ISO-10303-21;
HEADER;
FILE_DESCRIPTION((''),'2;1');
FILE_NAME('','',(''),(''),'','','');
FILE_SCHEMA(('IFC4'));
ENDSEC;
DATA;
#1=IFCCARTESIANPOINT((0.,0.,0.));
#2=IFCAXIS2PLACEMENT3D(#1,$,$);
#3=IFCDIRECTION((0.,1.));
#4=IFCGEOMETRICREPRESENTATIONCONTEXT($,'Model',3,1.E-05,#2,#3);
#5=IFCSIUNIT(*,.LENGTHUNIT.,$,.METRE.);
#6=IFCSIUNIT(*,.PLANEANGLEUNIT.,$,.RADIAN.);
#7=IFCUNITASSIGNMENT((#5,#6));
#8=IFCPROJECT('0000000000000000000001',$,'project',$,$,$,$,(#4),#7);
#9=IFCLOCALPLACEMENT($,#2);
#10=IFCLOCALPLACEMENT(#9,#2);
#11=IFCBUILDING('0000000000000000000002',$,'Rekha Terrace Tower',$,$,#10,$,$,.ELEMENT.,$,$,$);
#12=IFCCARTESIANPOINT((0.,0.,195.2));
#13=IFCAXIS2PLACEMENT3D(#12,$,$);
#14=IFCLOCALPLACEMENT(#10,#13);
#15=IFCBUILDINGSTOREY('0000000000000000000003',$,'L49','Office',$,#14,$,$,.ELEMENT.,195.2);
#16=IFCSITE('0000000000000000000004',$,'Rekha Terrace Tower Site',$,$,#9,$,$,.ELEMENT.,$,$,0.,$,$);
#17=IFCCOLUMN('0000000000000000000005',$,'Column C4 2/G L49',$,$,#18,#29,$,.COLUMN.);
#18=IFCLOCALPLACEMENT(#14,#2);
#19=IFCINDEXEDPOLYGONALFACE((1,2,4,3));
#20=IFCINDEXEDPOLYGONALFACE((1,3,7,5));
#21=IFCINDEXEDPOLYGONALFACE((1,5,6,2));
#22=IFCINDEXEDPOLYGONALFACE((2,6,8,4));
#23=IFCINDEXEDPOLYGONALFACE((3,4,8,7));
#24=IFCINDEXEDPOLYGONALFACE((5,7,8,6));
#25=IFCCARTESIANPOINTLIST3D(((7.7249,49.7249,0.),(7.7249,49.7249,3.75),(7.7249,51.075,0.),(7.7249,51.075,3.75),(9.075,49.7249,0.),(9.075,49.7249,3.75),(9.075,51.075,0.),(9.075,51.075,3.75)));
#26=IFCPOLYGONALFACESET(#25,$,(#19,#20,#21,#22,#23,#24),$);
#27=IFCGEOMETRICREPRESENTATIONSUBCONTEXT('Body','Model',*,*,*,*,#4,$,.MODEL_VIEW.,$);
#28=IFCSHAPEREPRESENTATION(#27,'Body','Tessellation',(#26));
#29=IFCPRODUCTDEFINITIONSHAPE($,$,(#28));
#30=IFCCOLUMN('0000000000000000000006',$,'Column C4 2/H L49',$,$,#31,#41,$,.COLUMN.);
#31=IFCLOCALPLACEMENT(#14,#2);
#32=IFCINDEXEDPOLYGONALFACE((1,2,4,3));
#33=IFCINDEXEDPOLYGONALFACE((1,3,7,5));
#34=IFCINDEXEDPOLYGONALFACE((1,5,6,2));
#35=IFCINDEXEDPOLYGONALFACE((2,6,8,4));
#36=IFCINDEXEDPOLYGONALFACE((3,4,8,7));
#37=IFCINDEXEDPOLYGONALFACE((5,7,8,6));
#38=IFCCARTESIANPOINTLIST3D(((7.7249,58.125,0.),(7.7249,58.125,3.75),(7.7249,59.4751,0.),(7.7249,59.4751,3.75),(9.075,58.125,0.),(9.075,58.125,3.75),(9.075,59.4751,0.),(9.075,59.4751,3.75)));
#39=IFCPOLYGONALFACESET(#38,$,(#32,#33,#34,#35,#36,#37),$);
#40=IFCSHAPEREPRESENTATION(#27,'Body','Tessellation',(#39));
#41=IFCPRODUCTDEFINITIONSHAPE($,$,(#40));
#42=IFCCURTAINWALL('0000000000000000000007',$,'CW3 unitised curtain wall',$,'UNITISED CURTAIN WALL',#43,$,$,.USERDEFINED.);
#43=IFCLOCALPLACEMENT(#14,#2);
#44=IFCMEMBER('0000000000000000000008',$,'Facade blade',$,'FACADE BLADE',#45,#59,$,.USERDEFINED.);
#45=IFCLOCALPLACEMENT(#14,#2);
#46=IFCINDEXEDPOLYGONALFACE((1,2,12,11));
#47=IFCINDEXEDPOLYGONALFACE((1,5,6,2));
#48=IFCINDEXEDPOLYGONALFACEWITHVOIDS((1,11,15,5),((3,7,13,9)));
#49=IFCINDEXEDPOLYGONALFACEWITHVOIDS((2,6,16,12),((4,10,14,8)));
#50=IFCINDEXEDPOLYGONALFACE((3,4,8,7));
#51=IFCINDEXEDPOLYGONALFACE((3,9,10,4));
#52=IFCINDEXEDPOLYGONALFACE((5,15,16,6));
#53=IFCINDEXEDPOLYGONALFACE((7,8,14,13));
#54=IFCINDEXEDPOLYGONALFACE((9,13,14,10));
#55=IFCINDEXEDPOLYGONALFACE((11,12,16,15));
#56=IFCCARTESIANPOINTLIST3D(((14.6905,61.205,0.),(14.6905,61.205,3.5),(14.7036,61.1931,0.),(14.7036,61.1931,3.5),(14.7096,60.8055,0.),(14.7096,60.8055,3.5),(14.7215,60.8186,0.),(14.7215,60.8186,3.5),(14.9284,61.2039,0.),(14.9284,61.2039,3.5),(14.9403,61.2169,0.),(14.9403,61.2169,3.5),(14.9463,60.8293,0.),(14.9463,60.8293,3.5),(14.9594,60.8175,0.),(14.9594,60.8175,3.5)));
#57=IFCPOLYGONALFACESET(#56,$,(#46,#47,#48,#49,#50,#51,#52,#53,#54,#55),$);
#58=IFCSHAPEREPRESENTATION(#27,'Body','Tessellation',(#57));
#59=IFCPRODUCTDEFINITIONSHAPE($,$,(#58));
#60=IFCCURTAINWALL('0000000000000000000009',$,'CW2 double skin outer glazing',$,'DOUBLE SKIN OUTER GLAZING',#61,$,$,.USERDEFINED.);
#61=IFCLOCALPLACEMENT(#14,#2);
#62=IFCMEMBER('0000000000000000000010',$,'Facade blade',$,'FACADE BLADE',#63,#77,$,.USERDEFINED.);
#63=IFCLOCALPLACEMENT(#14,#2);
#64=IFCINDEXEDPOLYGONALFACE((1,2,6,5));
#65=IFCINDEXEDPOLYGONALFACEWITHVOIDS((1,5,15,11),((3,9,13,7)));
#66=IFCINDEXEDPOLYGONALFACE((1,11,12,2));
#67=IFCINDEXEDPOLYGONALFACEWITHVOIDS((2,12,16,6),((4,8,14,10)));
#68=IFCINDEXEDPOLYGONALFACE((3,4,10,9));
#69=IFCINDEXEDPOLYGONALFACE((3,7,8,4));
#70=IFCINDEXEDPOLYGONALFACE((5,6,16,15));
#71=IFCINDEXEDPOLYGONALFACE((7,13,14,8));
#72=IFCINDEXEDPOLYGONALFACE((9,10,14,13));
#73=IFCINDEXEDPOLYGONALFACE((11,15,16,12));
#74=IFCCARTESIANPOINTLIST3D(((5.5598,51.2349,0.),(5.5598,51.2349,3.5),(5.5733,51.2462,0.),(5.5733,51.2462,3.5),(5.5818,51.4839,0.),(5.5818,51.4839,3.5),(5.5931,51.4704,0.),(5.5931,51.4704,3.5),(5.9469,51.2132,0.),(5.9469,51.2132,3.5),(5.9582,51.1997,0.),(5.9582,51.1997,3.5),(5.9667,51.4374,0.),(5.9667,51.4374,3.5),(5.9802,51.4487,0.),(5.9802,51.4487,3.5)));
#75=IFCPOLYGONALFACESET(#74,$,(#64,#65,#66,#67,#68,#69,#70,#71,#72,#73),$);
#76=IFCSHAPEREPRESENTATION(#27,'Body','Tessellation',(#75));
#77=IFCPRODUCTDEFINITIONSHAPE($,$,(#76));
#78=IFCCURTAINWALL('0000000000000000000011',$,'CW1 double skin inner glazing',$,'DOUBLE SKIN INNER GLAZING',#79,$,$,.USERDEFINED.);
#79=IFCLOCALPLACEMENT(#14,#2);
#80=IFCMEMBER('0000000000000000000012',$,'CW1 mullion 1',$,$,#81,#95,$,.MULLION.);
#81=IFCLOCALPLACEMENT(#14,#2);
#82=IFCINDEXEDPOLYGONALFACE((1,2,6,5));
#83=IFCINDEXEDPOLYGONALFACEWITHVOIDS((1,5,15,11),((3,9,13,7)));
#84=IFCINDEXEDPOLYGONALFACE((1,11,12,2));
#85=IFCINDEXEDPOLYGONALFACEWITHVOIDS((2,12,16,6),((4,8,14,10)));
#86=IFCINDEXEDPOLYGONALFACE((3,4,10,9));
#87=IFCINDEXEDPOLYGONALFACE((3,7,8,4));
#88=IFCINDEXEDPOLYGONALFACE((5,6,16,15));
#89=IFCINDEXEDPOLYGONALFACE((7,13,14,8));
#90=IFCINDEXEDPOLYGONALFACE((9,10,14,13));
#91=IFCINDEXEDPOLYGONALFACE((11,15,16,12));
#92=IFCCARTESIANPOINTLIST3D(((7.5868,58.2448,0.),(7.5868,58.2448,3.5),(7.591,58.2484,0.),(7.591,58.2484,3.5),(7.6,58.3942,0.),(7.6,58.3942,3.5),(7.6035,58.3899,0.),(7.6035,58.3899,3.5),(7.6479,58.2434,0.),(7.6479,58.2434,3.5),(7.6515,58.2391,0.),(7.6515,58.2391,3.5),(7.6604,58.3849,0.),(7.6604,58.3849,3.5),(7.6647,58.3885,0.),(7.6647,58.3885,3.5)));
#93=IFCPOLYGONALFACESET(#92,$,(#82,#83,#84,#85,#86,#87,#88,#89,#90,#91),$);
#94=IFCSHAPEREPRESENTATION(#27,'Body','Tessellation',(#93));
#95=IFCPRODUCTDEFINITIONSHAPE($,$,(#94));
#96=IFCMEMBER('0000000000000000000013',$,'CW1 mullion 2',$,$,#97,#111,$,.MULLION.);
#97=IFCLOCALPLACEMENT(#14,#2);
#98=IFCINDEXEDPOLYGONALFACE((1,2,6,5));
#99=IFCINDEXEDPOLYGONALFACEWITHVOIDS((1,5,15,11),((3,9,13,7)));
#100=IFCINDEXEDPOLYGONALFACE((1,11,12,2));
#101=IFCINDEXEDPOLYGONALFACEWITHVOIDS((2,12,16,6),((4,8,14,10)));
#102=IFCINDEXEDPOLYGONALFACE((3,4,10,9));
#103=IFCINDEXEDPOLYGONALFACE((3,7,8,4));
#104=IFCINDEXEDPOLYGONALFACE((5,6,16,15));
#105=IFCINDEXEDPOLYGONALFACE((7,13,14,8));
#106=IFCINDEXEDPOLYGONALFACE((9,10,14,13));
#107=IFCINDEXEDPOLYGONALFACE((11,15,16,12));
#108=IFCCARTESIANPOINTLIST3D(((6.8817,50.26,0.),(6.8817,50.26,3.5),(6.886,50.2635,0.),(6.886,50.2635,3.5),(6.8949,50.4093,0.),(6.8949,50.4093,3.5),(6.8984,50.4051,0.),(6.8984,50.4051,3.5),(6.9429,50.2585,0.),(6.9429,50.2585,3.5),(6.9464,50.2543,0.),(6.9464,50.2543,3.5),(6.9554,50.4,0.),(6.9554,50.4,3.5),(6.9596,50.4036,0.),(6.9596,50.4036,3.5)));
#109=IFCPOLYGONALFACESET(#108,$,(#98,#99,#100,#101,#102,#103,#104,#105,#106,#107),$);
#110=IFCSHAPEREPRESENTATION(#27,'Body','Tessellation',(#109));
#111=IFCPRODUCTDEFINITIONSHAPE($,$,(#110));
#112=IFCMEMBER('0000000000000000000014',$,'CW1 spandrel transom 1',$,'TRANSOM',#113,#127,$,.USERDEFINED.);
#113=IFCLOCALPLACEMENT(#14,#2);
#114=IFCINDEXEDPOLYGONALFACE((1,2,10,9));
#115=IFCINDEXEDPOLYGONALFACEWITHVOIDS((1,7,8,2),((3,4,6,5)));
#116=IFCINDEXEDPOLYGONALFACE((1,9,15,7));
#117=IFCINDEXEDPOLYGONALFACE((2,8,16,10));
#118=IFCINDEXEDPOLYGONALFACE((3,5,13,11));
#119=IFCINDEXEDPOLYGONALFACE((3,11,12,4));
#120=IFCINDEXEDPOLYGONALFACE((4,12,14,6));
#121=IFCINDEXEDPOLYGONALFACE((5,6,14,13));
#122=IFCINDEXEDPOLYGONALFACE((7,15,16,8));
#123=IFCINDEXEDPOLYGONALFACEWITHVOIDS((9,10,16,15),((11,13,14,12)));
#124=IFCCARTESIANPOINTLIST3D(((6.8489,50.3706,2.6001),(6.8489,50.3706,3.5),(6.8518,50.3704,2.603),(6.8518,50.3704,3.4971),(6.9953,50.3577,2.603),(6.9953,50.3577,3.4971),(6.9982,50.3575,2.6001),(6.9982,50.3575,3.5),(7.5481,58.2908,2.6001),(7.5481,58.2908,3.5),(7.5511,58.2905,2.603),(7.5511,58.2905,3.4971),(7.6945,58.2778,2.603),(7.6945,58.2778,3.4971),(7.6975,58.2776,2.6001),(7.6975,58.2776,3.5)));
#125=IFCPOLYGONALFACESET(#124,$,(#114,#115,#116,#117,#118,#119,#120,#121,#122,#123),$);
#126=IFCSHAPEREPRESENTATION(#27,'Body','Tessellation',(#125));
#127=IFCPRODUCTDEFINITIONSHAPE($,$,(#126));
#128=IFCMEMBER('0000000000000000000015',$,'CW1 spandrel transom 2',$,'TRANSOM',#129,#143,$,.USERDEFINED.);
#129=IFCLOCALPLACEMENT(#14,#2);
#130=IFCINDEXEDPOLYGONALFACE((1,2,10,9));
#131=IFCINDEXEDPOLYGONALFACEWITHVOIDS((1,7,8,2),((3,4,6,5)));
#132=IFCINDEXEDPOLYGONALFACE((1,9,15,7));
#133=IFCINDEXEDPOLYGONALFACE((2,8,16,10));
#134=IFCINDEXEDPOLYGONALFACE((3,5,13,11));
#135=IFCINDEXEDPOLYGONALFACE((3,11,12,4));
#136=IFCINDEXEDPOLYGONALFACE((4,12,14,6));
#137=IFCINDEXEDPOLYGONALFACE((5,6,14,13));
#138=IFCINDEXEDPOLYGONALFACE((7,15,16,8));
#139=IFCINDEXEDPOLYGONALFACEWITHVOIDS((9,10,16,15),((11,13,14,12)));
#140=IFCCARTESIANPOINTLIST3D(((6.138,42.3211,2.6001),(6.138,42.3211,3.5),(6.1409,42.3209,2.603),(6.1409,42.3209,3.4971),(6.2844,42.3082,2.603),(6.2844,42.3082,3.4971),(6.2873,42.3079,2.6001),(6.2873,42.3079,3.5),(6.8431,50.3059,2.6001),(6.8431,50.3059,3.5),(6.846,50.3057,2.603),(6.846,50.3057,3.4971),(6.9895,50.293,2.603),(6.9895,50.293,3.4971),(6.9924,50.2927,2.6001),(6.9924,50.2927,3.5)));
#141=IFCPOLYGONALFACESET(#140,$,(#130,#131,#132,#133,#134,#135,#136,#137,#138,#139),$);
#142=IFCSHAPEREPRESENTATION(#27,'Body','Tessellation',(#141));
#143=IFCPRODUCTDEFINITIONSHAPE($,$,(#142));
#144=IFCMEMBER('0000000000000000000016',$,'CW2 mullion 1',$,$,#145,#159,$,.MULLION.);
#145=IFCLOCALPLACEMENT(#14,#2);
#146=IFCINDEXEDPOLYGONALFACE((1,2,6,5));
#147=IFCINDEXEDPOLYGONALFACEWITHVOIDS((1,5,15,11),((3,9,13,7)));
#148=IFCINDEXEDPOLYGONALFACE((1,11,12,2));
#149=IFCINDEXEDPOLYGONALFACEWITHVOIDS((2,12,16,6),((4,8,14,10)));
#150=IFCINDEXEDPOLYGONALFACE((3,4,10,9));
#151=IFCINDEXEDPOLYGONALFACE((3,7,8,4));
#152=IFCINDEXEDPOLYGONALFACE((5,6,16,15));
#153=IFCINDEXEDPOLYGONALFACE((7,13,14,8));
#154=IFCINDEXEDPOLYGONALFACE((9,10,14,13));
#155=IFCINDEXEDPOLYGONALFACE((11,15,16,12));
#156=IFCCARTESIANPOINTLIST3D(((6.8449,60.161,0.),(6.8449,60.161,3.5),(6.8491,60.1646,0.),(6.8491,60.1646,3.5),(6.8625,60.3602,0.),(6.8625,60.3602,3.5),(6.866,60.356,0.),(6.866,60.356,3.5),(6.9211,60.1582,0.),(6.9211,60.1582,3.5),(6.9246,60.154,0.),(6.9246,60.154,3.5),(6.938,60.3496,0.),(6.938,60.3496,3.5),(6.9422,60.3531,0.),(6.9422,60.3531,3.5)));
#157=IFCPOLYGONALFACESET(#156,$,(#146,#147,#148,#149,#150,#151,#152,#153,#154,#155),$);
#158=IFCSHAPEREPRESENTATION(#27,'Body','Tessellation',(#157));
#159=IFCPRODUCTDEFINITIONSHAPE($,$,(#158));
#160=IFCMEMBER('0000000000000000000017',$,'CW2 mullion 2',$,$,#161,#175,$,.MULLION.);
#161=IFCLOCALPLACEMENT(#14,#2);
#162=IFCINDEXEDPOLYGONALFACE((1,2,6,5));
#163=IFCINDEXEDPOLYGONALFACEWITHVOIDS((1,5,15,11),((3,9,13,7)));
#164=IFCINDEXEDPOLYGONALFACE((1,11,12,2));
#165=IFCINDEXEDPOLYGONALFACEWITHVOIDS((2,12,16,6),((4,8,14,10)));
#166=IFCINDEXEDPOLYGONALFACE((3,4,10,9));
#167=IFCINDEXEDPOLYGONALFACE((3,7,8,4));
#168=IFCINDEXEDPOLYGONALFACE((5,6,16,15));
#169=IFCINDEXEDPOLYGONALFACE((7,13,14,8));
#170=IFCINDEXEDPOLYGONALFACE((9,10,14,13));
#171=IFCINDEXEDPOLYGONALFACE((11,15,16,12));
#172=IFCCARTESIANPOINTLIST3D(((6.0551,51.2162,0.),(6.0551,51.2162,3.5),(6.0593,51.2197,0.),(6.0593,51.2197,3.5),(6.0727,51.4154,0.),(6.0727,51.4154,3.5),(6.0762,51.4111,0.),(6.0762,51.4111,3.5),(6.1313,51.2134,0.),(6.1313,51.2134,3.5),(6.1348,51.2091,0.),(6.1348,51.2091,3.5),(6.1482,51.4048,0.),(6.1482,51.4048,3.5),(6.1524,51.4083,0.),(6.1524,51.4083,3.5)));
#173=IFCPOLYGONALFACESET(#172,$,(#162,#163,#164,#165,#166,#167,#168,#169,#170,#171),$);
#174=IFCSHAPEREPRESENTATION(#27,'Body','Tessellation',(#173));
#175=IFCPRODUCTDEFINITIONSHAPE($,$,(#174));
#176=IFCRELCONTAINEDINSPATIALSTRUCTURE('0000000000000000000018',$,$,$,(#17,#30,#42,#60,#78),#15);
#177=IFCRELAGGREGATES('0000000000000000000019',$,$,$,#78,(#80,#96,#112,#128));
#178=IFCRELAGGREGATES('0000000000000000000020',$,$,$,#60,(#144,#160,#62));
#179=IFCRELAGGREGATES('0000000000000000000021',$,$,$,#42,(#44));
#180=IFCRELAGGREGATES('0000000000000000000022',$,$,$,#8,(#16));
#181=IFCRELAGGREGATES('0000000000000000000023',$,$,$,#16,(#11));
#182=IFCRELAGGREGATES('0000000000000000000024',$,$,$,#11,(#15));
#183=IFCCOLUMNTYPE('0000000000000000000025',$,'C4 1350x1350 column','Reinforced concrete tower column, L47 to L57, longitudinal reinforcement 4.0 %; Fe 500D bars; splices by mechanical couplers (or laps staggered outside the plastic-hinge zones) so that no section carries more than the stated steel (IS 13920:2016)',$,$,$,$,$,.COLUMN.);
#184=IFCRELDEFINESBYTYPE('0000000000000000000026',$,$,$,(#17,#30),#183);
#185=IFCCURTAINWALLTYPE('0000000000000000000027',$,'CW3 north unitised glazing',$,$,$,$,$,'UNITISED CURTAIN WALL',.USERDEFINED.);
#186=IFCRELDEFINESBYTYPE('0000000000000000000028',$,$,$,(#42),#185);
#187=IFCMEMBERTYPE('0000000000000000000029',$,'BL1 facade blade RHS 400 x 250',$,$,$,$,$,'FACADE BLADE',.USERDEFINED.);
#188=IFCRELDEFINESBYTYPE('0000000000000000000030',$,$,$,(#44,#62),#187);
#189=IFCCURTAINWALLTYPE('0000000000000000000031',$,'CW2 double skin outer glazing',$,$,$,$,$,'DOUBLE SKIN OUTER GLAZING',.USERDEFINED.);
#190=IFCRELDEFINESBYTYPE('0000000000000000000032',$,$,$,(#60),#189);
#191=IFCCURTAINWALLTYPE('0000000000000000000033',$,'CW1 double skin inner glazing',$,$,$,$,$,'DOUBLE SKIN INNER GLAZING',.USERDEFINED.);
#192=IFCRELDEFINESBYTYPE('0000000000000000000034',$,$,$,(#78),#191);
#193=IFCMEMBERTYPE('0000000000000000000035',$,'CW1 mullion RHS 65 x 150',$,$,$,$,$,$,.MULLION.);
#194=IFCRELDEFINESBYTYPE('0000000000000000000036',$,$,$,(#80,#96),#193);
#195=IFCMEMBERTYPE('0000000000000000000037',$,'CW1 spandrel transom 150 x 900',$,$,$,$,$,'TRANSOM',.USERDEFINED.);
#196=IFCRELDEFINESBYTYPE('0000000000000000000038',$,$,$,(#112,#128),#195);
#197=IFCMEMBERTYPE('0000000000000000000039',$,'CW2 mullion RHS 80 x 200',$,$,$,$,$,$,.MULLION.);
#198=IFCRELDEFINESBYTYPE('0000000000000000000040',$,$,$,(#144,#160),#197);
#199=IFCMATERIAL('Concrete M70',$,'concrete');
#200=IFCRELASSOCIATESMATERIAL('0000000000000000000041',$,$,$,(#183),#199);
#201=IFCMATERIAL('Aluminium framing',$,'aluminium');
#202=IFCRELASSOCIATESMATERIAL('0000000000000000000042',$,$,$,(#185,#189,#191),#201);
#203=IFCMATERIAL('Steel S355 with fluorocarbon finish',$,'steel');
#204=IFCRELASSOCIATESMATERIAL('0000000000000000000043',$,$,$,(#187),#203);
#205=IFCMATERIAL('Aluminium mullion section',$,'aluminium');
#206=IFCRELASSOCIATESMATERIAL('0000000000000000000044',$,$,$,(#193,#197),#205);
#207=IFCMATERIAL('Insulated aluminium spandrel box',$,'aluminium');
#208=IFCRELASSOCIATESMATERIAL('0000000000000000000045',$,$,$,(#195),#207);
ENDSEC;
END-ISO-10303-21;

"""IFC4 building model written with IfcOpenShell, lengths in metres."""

from ifc_helpers import new_model, si_unit, direction, frame, origin, origin_2d, place, context, subcontext, project, spatial, rectangle, hollow_rectangle, extrude, material, material_profile, profile_set, type_object, element, aggregate, save


model = new_model("IFC4")

# Units and contexts
model_context = context("Model", 3, precision=1e-05, world=origin(), true_north=direction((0.0, 1.0)))
body_context = subcontext(model_context, "Body", "Model", "MODEL_VIEW")
ifc_project = project(units=[si_unit("LENGTHUNIT", "METRE"), si_unit("PLANEANGLEUNIT", "RADIAN")], contexts=[model_context])

# Site, building, storey
site_placement = place(None, origin())
site = spatial("IfcSite", under=ifc_project, at=site_placement, Name="Rekha Terrace Tower Site", CompositionType="ELEMENT", RefElevation=0.0)
building_placement = place(site_placement, origin())
building = spatial("IfcBuilding", under=site, at=building_placement, Name="Rekha Terrace Tower", CompositionType="ELEMENT")
storey_placement = place(building_placement, frame((0.0, 0.0, 195.2)))
storey = spatial("IfcBuildingStorey", under=building, at=storey_placement, Name="L49", Description="Office", CompositionType="ELEMENT", Elevation=195.2)

# Columns
ifc_material_1 = material(Name="Concrete M70", Category="concrete")
ifc_material_profile_1 = material_profile(ifc_material_1, rectangle(XDim=1.3501, YDim=1.3501, at=origin_2d()), Name="RC 1350x1350")
ifc_profile_set_1 = profile_set([ifc_material_profile_1], Name="Concrete M70")
column_type = type_object("IfcColumnType", Name="C4 1350x1350 column", Description="Reinforced concrete tower column, L47 to L57, longitudinal reinforcement 4.0 %; Fe 500D bars; splices by mechanical couplers (or laps staggered outside the plastic-hinge zones) so that no section carries more than the stated steel (IS 13920:2016)", PredefinedType="COLUMN", material=ifc_profile_set_1)
for number, where, z_axis, x_axis, name in (
    (1, (8.3999, 50.3999, 0.0), (0.0, 0.0, 1.0), (1.0, 0.0, 0.0), "Column C4 2/G L49"),
    (2, (8.3999, 58.8, 0.0), (0.0, 0.0, 1.0), (1.0, 0.0, 0.0), "Column C4 2/H L49"),
):
    element("IfcColumn", number, at=place(storey_placement, frame(where, z_axis=z_axis, x_axis=x_axis)), inside=storey, type_object=column_type, Name=name, PredefinedType="COLUMN", context=body_context, shape_type="SweptSolid", body=[
        extrude(rectangle(XDim=1.3501, YDim=1.3501, at=origin_2d()), origin(), (0.0, 0.0, 1.0), 3.75),
    ])

# Curtain walls, members
ifc_material_2 = material(Name="Aluminium framing", Category="aluminium")
curtain_wall_type_1 = type_object("IfcCurtainWallType", Name="CW3 north unitised glazing", ElementType="UNITISED CURTAIN WALL", PredefinedType="USERDEFINED", material=ifc_material_2)
curtain_wall_1_placement = place(storey_placement, origin())
curtain_wall_1 = element("IfcCurtainWall", 3, at=curtain_wall_1_placement, inside=storey, type_object=curtain_wall_type_1, Name="CW3 unitised curtain wall", ObjectType="UNITISED CURTAIN WALL", PredefinedType="USERDEFINED")
ifc_material_3 = material(Name="Steel S355 with fluorocarbon finish", Category="steel")
ifc_material_profile_2 = material_profile(ifc_material_3, hollow_rectangle(XDim=0.25, YDim=0.3999, WallThickness=0.0125, at=origin_2d()), Name="RHS400x250x12.5")
ifc_profile_set_2 = profile_set([ifc_material_profile_2], Name="Steel S355 with fluorocarbon finish")
member_type_1 = type_object("IfcMemberType", Name="BL1 facade blade RHS 400 x 250", ElementType="FACADE BLADE", PredefinedType="USERDEFINED", material=ifc_profile_set_2)
member_1_placement = place(storey_placement, frame((14.825, 61.0112, 0.0), z_axis=(0.0, 0.0, 1.0), x_axis=(-0.998859, -0.047758, 0.0)))
member_1 = element("IfcMember", 4, at=member_1_placement, type_object=member_type_1, Name="Facade blade", ObjectType="FACADE BLADE", PredefinedType="USERDEFINED", context=body_context, shape_type="SweptSolid", body=[
    extrude(hollow_rectangle(XDim=0.25, YDim=0.3999, WallThickness=0.0125, at=origin_2d()), origin(), (0.0, 0.0, 1.0), 3.5),
])
curtain_wall_type_2 = type_object("IfcCurtainWallType", Name="CW2 double skin outer glazing", ElementType="DOUBLE SKIN OUTER GLAZING", PredefinedType="USERDEFINED", material=ifc_material_2)
curtain_wall_2_placement = place(storey_placement, origin())
curtain_wall_2 = element("IfcCurtainWall", 5, at=curtain_wall_2_placement, inside=storey, type_object=curtain_wall_type_2, Name="CW2 double skin outer glazing", ObjectType="DOUBLE SKIN OUTER GLAZING", PredefinedType="USERDEFINED")
member_2_placement = place(storey_placement, frame((5.77, 51.3418, 0.0), z_axis=(0.0, 0.0, 1.0), x_axis=(-0.087957, -0.996124, 0.0)))
member_2 = element("IfcMember", 6, at=member_2_placement, type_object=member_type_1, Name="Facade blade", ObjectType="FACADE BLADE", PredefinedType="USERDEFINED", context=body_context, shape_type="SweptSolid", body=[
    extrude(hollow_rectangle(XDim=0.25, YDim=0.3999, WallThickness=0.0125, at=origin_2d()), origin(), (0.0, 0.0, 1.0), 3.5),
])

# Curtain wall, members
curtain_wall_type_3 = type_object("IfcCurtainWallType", Name="CW1 double skin inner glazing", ElementType="DOUBLE SKIN INNER GLAZING", PredefinedType="USERDEFINED", material=ifc_material_2)
curtain_wall_3_placement = place(storey_placement, origin())
curtain_wall_3 = element("IfcCurtainWall", 7, at=curtain_wall_3_placement, inside=storey, type_object=curtain_wall_type_3, Name="CW1 double skin inner glazing", ObjectType="DOUBLE SKIN INNER GLAZING", PredefinedType="USERDEFINED")
ifc_material_4 = material(Name="Aluminium mullion section", Category="aluminium")
ifc_material_profile_3 = material_profile(ifc_material_4, hollow_rectangle(XDim=0.0649, YDim=0.1499, WallThickness=0.0039, at=origin_2d()), Name="AL RHS 65x150")
ifc_profile_set_3 = profile_set([ifc_material_profile_3], Name="Aluminium mullion section")
member_type_2 = type_object("IfcMemberType", Name="CW1 mullion RHS 65 x 150", PredefinedType="MULLION", material=ifc_profile_set_3)
member_3_placement = place(storey_placement, frame((7.6257, 58.3167, 0.0), z_axis=(0.0, 0.0, 1.0), x_axis=(0.996124, -0.087958, 0.0)))
member_3 = element("IfcMember", 8, at=member_3_placement, type_object=member_type_2, Name="CW1 mullion 1", PredefinedType="MULLION", context=body_context, shape_type="SweptSolid", body=[
    extrude(hollow_rectangle(XDim=0.0649, YDim=0.1499, WallThickness=0.0039, at=origin_2d()), origin(), (0.0, 0.0, 1.0), 3.5),
])
member_4_placement = place(storey_placement, frame((6.9207, 50.3318, 0.0), z_axis=(0.0, 0.0, 1.0), x_axis=(0.996124, -0.087958, 0.0)))
member_4 = element("IfcMember", 9, at=member_4_placement, type_object=member_type_2, Name="CW1 mullion 2", PredefinedType="MULLION", context=body_context, shape_type="SweptSolid", body=[
    extrude(hollow_rectangle(XDim=0.0649, YDim=0.1499, WallThickness=0.0039, at=origin_2d()), origin(), (0.0, 0.0, 1.0), 3.5),
])
ifc_material_5 = material(Name="Insulated aluminium spandrel box", Category="aluminium")
ifc_material_profile_4 = material_profile(ifc_material_5, hollow_rectangle(XDim=0.1499, YDim=0.8999, WallThickness=0.0029, at=origin_2d()), Name="AL SPANDREL BOX 150x900")
ifc_profile_set_4 = profile_set([ifc_material_profile_4], Name="Insulated aluminium spandrel box")
member_type_3 = type_object("IfcMemberType", Name="CW1 spandrel transom 150 x 900", ElementType="TRANSOM", PredefinedType="USERDEFINED", material=ifc_profile_set_4)
member_5_placement = place(storey_placement, frame((7.6228, 58.2842, 3.05), z_axis=(-0.087941, -0.996126, 0.0), x_axis=(0.996126, -0.087941, 0.0)))
member_5 = element("IfcMember", 10, at=member_5_placement, type_object=member_type_3, Name="CW1 spandrel transom 1", ObjectType="TRANSOM", PredefinedType="USERDEFINED", context=body_context, shape_type="SweptSolid", body=[
    extrude(hollow_rectangle(XDim=0.1499, YDim=0.8999, WallThickness=0.0029, at=origin_2d()), origin(), (0.0, 0.0, 1.0), 7.9509),
])
member_6_placement = place(storey_placement, frame((6.9177, 50.2993, 3.05), z_axis=(-0.08796, -0.996124, 0.0), x_axis=(0.996124, -0.08796, 0.0)))
member_6 = element("IfcMember", 11, at=member_6_placement, type_object=member_type_3, Name="CW1 spandrel transom 2", ObjectType="TRANSOM", PredefinedType="USERDEFINED", context=body_context, shape_type="SweptSolid", body=[
    extrude(hollow_rectangle(XDim=0.1499, YDim=0.8999, WallThickness=0.0029, at=origin_2d()), origin(), (0.0, 0.0, 1.0), 8.0159),
])

# Members
ifc_material_profile_5 = material_profile(ifc_material_4, hollow_rectangle(XDim=0.0801, YDim=0.2, WallThickness=0.0039, at=origin_2d()), Name="AL RHS 80x200")
ifc_profile_set_5 = profile_set([ifc_material_profile_5], Name="Aluminium mullion section")
member_type_4 = type_object("IfcMemberType", Name="CW2 mullion RHS 80 x 200", PredefinedType="MULLION", material=ifc_profile_set_5)
member_7_placement = place(storey_placement, frame((6.8936, 60.2571, 0.0), z_axis=(0.0, 0.0, 1.0), x_axis=(0.996124, -0.087958, 0.0)))
member_7 = element("IfcMember", 12, at=member_7_placement, type_object=member_type_4, Name="CW2 mullion 1", PredefinedType="MULLION", context=body_context, shape_type="SweptSolid", body=[
    extrude(hollow_rectangle(XDim=0.0801, YDim=0.2, WallThickness=0.0039, at=origin_2d()), origin(), (0.0, 0.0, 1.0), 3.5),
])
member_8_placement = place(storey_placement, frame((6.1038, 51.3123, 0.0), z_axis=(0.0, 0.0, 1.0), x_axis=(0.996124, -0.087958, 0.0)))
member_8 = element("IfcMember", 13, at=member_8_placement, type_object=member_type_4, Name="CW2 mullion 2", PredefinedType="MULLION", context=body_context, shape_type="SweptSolid", body=[
    extrude(hollow_rectangle(XDim=0.0801, YDim=0.2, WallThickness=0.0039, at=origin_2d()), origin(), (0.0, 0.0, 1.0), 3.5),
])

aggregate(curtain_wall_3, [member_3, member_4, member_5, member_6])
aggregate(curtain_wall_2, [member_7, member_8, member_2])
aggregate(curtain_wall_1, [member_1])

save(model, "model.ifc")
